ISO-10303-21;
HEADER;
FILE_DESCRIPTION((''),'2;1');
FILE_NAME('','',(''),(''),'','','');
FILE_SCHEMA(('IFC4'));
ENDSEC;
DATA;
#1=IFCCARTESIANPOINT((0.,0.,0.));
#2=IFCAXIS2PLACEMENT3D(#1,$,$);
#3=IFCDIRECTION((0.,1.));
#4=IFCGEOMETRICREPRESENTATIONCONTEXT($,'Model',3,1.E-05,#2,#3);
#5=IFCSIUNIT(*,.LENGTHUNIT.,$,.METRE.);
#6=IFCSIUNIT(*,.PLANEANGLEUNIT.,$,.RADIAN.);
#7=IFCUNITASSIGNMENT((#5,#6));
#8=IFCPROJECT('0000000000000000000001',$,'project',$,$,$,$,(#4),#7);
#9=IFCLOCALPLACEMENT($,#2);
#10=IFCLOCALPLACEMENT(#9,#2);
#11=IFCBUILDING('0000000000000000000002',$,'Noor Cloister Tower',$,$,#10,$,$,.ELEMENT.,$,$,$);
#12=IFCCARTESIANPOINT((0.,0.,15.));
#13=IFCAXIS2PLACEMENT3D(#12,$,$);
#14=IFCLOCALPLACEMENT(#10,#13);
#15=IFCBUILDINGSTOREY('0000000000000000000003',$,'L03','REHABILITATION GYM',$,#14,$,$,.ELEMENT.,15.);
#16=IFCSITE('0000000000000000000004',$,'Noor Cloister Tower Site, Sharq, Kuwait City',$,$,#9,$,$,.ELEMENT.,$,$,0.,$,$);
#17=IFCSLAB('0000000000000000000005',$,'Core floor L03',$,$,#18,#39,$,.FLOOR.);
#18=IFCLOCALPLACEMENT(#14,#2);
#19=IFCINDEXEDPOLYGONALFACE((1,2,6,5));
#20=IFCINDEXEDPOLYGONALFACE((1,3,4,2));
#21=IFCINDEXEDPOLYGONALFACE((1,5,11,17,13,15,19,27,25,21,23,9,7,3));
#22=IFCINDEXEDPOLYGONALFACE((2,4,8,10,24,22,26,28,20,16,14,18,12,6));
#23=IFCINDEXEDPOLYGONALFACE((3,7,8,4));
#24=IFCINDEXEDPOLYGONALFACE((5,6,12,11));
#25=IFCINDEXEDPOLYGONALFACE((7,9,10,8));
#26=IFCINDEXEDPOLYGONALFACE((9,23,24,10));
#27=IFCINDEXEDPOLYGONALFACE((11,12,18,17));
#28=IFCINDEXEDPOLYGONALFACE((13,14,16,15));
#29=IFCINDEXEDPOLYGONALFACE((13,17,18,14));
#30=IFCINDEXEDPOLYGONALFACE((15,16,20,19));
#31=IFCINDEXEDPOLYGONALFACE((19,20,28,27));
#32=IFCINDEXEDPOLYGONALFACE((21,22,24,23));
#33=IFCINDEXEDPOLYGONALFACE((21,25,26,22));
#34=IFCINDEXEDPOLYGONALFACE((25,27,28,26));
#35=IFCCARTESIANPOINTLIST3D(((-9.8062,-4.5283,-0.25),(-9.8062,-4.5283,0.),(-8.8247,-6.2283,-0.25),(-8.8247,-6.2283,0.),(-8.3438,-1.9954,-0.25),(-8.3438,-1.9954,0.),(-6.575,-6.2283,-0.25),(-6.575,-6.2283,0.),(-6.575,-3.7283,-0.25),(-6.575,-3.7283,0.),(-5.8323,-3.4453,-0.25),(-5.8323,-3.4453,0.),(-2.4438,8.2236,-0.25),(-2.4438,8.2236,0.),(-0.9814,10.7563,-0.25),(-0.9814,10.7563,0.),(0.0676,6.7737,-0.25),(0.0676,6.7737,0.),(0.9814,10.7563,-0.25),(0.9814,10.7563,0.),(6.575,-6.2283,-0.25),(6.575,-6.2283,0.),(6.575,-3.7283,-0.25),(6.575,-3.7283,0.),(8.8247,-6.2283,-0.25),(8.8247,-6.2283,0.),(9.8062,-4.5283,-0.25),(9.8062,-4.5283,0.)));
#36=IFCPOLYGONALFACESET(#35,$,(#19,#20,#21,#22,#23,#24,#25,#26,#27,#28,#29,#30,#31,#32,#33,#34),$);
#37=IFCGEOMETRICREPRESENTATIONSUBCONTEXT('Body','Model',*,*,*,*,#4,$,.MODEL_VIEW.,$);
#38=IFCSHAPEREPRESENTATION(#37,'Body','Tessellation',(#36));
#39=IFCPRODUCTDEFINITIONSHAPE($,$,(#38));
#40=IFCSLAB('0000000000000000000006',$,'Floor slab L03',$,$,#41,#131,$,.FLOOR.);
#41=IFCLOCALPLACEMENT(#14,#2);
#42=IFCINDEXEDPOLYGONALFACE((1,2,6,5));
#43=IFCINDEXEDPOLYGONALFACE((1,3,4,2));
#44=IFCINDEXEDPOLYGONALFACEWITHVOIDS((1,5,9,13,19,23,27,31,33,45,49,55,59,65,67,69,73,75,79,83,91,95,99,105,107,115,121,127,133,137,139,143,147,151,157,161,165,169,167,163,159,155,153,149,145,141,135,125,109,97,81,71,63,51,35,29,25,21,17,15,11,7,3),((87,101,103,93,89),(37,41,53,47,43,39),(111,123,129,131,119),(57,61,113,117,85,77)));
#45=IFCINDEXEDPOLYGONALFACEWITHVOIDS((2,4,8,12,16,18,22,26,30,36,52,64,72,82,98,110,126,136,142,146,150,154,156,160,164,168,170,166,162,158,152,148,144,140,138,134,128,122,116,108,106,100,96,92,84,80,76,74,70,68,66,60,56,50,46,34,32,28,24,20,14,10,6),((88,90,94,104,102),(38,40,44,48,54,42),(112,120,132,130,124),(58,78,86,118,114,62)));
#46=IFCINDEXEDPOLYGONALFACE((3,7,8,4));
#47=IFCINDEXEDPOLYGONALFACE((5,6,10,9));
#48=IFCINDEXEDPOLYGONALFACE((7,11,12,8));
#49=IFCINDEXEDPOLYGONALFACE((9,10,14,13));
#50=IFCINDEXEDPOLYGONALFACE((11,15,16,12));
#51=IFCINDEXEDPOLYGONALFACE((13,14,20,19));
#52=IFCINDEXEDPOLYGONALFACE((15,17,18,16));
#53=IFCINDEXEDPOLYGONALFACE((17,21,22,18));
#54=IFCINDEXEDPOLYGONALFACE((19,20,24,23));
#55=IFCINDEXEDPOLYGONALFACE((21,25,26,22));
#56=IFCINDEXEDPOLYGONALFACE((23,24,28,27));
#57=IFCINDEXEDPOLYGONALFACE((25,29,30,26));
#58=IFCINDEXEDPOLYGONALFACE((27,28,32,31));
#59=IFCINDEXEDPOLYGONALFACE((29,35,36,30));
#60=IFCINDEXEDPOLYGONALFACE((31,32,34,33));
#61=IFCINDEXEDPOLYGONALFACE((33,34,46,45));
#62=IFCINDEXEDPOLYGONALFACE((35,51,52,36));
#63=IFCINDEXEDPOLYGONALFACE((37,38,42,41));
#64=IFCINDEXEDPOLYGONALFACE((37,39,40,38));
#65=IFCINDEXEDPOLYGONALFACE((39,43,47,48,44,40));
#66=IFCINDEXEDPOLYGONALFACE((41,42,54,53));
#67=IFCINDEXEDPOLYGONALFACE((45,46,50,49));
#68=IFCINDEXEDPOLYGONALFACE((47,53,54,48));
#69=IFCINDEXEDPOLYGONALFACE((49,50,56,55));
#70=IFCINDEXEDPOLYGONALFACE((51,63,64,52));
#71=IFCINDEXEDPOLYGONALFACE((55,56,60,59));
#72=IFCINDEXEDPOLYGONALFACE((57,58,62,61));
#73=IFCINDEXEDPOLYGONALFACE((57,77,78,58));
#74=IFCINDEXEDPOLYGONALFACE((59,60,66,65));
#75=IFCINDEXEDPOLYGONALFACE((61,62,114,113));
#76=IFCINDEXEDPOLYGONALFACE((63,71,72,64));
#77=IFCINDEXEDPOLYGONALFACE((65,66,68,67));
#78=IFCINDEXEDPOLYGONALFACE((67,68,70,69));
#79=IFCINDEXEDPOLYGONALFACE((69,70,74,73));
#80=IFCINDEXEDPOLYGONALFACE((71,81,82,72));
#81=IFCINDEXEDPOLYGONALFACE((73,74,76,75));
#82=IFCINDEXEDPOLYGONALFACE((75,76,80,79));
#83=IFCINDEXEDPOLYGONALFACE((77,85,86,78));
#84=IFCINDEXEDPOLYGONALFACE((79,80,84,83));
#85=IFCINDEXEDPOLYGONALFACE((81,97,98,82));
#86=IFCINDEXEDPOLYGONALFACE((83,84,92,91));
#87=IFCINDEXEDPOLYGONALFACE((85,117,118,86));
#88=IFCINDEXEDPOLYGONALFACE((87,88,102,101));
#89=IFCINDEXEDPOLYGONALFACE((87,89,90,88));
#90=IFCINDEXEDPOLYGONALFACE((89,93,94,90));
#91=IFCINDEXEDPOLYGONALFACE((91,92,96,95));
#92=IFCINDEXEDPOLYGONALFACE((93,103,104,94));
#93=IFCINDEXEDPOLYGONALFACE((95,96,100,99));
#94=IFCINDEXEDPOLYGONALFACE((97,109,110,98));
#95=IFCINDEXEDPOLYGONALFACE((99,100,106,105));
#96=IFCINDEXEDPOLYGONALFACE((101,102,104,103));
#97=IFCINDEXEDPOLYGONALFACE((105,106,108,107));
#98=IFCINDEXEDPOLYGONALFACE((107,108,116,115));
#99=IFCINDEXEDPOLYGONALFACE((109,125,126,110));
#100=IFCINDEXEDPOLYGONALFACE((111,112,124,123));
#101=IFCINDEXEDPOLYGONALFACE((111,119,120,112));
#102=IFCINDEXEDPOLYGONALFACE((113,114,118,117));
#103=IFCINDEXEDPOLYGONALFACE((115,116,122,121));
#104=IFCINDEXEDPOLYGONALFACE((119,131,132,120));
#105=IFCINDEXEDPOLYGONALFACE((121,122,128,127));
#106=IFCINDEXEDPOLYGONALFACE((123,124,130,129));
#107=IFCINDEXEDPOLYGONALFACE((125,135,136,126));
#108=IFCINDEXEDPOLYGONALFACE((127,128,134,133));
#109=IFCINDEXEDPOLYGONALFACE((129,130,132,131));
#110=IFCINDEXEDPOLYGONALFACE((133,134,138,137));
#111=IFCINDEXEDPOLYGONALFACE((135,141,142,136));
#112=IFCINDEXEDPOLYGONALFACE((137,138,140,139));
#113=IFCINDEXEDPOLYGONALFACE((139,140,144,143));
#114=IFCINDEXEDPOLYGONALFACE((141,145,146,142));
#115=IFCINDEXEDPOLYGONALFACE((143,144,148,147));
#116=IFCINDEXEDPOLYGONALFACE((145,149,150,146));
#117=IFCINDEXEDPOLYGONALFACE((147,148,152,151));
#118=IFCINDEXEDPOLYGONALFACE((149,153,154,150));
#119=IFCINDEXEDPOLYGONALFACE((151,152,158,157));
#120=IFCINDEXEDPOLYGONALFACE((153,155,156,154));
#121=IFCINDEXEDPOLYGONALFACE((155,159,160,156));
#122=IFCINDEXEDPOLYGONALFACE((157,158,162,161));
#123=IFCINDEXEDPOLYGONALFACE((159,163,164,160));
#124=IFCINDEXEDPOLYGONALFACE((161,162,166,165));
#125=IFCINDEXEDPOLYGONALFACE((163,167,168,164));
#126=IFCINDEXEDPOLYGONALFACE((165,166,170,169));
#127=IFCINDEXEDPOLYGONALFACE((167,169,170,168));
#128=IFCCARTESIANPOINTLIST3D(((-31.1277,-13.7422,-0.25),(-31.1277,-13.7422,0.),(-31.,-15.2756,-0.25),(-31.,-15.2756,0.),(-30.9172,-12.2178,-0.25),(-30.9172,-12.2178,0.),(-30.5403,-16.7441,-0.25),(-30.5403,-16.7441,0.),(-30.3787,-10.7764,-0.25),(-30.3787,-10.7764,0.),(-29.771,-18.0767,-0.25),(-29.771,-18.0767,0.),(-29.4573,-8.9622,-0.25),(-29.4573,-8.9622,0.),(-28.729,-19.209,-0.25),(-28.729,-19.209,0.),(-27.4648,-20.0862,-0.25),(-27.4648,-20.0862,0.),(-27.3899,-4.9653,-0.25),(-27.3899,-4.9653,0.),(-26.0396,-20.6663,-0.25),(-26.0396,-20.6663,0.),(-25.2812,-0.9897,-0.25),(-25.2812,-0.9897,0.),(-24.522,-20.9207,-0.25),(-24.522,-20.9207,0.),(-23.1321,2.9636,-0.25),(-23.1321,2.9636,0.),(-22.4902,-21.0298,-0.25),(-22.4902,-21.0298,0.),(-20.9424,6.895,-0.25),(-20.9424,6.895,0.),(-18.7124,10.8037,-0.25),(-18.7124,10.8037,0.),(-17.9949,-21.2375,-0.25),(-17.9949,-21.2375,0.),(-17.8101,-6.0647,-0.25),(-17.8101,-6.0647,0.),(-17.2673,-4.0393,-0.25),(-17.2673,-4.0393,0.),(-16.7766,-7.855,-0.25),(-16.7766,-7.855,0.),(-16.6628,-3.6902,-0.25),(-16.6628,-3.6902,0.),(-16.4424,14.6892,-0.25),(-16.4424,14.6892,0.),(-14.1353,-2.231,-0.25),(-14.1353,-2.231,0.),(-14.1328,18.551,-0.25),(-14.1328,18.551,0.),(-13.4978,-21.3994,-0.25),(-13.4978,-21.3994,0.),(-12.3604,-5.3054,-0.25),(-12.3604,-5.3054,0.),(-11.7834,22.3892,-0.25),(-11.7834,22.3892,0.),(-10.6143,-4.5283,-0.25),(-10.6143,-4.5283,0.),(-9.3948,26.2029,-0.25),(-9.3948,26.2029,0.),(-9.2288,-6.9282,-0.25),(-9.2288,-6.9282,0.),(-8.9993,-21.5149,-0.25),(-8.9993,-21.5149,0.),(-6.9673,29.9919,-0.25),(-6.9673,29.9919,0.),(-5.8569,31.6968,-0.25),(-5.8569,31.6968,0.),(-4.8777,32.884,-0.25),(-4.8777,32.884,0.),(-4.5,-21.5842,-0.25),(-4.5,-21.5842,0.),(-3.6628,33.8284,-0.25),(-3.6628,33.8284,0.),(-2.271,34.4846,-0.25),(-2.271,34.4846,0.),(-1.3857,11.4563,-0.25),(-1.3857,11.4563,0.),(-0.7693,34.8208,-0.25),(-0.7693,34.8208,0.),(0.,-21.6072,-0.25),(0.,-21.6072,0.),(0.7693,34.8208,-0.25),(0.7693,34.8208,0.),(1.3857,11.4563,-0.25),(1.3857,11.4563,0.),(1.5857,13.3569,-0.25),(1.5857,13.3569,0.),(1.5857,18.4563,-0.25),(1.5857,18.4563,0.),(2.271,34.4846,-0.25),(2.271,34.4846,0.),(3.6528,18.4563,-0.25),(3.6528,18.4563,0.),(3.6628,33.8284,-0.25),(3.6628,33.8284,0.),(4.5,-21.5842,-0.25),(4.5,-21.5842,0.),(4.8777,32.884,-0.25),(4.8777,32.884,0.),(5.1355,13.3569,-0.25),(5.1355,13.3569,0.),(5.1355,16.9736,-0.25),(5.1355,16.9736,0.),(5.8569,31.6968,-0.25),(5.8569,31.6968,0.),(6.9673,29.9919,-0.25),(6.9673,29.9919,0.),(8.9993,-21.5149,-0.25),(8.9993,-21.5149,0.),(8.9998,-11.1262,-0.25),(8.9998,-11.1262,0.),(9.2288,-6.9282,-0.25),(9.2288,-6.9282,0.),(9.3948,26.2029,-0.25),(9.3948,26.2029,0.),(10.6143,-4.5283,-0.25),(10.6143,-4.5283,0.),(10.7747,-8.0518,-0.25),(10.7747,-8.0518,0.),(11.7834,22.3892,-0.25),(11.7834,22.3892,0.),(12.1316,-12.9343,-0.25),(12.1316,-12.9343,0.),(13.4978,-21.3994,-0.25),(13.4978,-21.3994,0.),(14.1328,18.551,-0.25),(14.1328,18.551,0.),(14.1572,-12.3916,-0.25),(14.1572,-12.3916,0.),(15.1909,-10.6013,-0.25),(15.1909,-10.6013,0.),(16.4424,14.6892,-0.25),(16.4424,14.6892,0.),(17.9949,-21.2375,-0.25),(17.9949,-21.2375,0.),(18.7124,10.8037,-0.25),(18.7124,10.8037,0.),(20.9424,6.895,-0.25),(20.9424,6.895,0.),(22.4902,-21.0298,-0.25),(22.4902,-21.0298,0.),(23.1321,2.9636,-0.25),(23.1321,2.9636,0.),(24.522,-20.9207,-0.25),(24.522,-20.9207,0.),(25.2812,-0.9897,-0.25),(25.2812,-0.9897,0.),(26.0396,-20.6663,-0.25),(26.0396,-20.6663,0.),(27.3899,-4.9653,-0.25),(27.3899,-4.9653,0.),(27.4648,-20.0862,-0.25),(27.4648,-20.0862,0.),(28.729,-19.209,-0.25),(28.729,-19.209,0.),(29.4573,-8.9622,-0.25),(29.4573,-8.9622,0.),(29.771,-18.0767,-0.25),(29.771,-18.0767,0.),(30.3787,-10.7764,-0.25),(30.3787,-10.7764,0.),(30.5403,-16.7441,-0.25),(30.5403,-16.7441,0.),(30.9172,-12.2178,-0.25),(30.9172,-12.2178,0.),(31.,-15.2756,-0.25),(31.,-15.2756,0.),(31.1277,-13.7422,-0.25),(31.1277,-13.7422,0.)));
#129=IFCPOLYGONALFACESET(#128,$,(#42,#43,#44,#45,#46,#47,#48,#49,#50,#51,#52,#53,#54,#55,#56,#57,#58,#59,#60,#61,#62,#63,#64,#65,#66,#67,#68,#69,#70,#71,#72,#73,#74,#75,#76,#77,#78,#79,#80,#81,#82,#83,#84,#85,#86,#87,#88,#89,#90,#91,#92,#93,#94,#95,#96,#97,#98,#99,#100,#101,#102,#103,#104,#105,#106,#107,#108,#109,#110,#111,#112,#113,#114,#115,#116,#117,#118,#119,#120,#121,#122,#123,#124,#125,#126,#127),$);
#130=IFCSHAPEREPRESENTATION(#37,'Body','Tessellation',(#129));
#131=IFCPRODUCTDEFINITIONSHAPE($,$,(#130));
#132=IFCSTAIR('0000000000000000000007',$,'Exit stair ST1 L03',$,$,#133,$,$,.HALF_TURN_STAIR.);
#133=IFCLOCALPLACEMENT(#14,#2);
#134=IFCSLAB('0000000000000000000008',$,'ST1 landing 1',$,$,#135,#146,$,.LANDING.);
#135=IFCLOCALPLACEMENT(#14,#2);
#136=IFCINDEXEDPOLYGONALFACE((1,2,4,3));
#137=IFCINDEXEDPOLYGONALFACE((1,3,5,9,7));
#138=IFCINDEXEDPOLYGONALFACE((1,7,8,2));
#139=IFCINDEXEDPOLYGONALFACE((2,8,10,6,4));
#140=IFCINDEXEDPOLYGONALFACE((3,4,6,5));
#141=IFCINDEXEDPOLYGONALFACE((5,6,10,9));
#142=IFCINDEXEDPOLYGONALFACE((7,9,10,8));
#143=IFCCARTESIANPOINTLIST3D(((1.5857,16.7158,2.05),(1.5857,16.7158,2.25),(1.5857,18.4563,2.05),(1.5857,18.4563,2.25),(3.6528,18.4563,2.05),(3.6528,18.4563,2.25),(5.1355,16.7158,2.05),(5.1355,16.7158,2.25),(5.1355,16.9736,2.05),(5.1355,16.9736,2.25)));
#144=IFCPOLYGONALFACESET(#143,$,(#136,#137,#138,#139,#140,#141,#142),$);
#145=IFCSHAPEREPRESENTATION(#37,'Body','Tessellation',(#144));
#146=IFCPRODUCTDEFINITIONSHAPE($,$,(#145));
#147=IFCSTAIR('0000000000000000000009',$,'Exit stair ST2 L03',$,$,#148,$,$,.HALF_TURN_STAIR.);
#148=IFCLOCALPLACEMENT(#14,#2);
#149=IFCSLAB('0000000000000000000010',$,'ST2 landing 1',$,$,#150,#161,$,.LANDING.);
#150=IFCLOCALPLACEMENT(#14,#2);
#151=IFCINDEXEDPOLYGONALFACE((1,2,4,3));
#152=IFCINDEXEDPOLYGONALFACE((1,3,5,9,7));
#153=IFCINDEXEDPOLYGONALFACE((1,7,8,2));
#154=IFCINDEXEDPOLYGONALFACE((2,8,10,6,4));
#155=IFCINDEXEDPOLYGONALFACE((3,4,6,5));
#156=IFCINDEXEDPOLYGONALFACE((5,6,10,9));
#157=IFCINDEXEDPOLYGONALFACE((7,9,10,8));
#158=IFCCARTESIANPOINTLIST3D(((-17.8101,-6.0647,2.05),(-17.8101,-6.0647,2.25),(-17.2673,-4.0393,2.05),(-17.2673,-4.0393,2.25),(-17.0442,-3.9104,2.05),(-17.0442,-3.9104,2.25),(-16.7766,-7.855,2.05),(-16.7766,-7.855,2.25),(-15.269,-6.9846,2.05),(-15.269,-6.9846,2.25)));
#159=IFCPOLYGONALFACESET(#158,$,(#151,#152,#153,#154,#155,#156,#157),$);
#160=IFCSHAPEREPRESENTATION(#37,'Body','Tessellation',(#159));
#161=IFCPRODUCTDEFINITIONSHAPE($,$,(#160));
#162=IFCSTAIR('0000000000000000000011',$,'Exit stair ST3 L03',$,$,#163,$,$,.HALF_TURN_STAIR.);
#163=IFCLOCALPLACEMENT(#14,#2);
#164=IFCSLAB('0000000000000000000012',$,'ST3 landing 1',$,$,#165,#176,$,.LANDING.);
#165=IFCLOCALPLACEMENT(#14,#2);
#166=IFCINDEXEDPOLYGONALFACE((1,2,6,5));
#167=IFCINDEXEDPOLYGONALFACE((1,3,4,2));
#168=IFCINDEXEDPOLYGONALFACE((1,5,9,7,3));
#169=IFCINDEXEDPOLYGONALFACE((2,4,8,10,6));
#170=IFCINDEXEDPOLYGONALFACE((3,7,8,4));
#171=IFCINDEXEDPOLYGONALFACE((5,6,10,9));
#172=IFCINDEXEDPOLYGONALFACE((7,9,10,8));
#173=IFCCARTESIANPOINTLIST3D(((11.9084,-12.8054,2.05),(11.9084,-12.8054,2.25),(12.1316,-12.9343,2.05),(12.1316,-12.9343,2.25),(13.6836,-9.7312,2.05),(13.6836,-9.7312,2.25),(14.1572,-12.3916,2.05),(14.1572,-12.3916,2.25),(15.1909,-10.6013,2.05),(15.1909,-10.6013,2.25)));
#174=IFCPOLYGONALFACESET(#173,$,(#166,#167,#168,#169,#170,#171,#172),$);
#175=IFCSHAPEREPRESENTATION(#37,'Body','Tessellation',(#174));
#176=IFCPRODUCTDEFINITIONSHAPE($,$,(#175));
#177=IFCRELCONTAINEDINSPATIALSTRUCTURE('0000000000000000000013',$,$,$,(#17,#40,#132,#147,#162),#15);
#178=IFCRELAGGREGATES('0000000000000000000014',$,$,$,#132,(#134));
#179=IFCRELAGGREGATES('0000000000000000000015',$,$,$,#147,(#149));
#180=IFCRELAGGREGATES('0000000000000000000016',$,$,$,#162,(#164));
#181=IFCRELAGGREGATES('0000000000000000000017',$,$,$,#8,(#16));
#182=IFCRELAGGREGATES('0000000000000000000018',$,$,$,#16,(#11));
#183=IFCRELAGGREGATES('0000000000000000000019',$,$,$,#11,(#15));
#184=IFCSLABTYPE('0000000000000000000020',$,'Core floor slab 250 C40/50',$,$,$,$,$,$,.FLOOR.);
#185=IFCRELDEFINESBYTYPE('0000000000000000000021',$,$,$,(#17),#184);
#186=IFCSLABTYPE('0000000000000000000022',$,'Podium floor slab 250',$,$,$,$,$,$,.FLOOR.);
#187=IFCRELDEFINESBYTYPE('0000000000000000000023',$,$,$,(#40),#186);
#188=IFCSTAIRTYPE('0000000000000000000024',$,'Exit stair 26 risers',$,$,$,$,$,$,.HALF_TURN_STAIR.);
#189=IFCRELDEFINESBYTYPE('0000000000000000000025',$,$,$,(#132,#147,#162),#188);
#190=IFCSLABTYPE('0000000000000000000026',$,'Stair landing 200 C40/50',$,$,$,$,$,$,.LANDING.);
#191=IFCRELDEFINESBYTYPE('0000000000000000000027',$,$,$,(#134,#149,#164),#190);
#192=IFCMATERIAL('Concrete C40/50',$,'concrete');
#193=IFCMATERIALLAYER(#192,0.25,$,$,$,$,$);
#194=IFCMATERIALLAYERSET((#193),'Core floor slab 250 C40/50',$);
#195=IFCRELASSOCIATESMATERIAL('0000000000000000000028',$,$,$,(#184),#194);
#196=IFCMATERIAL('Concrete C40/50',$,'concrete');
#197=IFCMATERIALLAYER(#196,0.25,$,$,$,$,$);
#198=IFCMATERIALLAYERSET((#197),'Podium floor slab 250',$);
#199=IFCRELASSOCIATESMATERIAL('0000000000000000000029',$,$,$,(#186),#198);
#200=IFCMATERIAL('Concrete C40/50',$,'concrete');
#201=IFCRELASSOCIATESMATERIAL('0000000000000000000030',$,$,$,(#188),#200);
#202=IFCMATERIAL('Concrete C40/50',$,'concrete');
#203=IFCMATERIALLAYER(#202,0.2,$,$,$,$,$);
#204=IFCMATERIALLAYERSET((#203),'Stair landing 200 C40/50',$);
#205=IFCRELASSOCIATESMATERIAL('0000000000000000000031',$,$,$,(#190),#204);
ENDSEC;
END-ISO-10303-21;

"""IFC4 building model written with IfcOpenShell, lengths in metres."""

from ifc_helpers import new_model, si_unit, direction, frame, origin, place, context, subcontext, project, spatial, polyline, outline, extrude, material, layer, layer_set, type_object, element, aggregate, save


model = new_model("IFC4")

# Units and contexts
model_context = context("Model", 3, precision=1e-05, world=origin(), true_north=direction((0.0, 1.0)))
body_context = subcontext(model_context, "Body", "Model", "MODEL_VIEW")
ifc_project = project(units=[si_unit("LENGTHUNIT", "METRE"), si_unit("PLANEANGLEUNIT", "RADIAN")], contexts=[model_context])

# Site, building, storey
site_placement = place(None, origin())
site = spatial("IfcSite", under=ifc_project, at=site_placement, Name="Noor Cloister Tower Site, Sharq, Kuwait City", CompositionType="ELEMENT", RefElevation=0.0)
building_placement = place(site_placement, origin())
building = spatial("IfcBuilding", under=site, at=building_placement, Name="Noor Cloister Tower", CompositionType="ELEMENT")
storey_placement = place(building_placement, frame((0.0, 0.0, 15.0)))
storey = spatial("IfcBuildingStorey", under=building, at=storey_placement, Name="L03", Description="REHABILITATION GYM", CompositionType="ELEMENT", Elevation=15.0)

# Slabs
ifc_material_1 = material(Name="Concrete C40/50", Category="concrete")
ifc_layer_1 = layer(ifc_material_1, 0.25)
ifc_layer_set_1 = layer_set([ifc_layer_1], Name="Core floor slab 250 C40/50")
slab_type_1 = type_object("IfcSlabType", Name="Core floor slab 250 C40/50", PredefinedType="FLOOR", material=ifc_layer_set_1)
slab_1_placement = place(storey_placement, frame((0.0, 0.0, -0.25)))
element("IfcSlab", 1, at=slab_1_placement, inside=storey, type_object=slab_type_1, Name="Core floor L03", PredefinedType="FLOOR", context=body_context, shape_type="SweptSolid", body=[
    extrude(outline(polyline([(-6.575, -6.2283), (-6.575, -3.7283), (6.575, -3.7283), (6.575, -6.2283), (8.8247, -6.2283), (9.8062, -4.5283), (0.9814, 10.7563), (-0.9814, 10.7563), (-2.4438, 8.2236), (0.0676, 6.7737), (-5.8323, -3.4453), (-8.3438, -1.9954), (-9.8062, -4.5283), (-8.8247, -6.2283), (-6.575, -6.2283)])), origin(), (0.0, 0.0, 1.0), 0.25),
])
ifc_material_2 = material(Name="Concrete C40/50", Category="concrete")
ifc_layer_2 = layer(ifc_material_2, 0.25)
ifc_layer_set_2 = layer_set([ifc_layer_2], Name="Podium floor slab 250")
slab_type_2 = type_object("IfcSlabType", Name="Podium floor slab 250", PredefinedType="FLOOR", material=ifc_layer_set_2)
slab_2_placement = place(storey_placement, frame((0.0, 0.0, -0.25)))
element("IfcSlab", 2, at=slab_2_placement, inside=storey, type_object=slab_type_2, Name="Floor slab L03", PredefinedType="FLOOR", context=body_context, shape_type="SweptSolid", body=[
    extrude(outline(polyline([(5.8569, 31.6968), (4.8777, 32.884), (3.6628, 33.8284), (2.271, 34.4846), (0.7693, 34.8208), (-0.7693, 34.8208), (-2.271, 34.4846), (-3.6628, 33.8284), (-4.8777, 32.884), (-5.8569, 31.6968), (-6.9673, 29.9919), (-9.3948, 26.2029), (-11.7834, 22.3892), (-14.1328, 18.551), (-16.4424, 14.6892), (-18.7124, 10.8037), (-20.9424, 6.895), (-23.1321, 2.9636), (-25.2812, -0.9897), (-27.3899, -4.9653), (-29.4573, -8.9622), (-30.3787, -10.7764), (-30.9172, -12.2178), (-31.1277, -13.7422), (-31.0, -15.2756), (-30.5403, -16.7441), (-29.771, -18.0767), (-28.729, -19.209), (-27.4648, -20.0862), (-26.0396, -20.6663), (-24.522, -20.9207), (-22.4902, -21.0298), (-17.9949, -21.2375), (-13.4978, -21.3994), (-8.9993, -21.5149), (-4.5, -21.5842), (0.0, -21.6072), (4.5, -21.5842), (8.9993, -21.5149), (13.4978, -21.3994), (17.9949, -21.2375), (22.4902, -21.0298), (24.522, -20.9207), (26.0396, -20.6663), (27.4648, -20.0862), (28.729, -19.209), (29.771, -18.0767), (30.5403, -16.7441), (31.0, -15.2756), (31.1277, -13.7422), (30.9172, -12.2178), (30.3787, -10.7764), (29.4573, -8.9622), (27.3899, -4.9653), (25.2812, -0.9897), (23.1321, 2.9636), (20.9424, 6.895), (18.7124, 10.8037), (16.4424, 14.6892), (14.1328, 18.551), (11.7834, 22.3892), (9.3948, 26.2029), (6.9673, 29.9919), (5.8569, 31.6968)]), holes=[polyline([(-9.2288, -6.9282), (9.2288, -6.9282), (10.6143, -4.5283), (1.3857, 11.4563), (-1.3857, 11.4563), (-10.6143, -4.5283), (-9.2288, -6.9282)]), polyline([(1.5857, 18.4563), (1.5857, 13.3569), (5.1355, 13.3569), (5.1355, 16.9736), (3.6528, 18.4563), (1.5857, 18.4563)]), polyline([(-16.7766, -7.855), (-12.3604, -5.3054), (-14.1353, -2.231), (-16.6628, -3.6902), (-17.2673, -4.0393), (-17.8101, -6.0647), (-16.7766, -7.855)]), polyline([(12.1316, -12.9343), (14.1572, -12.3916), (15.1909, -10.6013), (10.7747, -8.0518), (8.9998, -11.1262), (12.1316, -12.9343)])]), origin(), (0.0, 0.0, 1.0), 0.25),
])

# Stairs, slabs
ifc_material_3 = material(Name="Concrete C40/50", Category="concrete")
stair_type = type_object("IfcStairType", Name="Exit stair 26 risers", PredefinedType="HALF_TURN_STAIR", material=ifc_material_3)
stair_1_placement = place(storey_placement, origin())
stair_1 = element("IfcStair", 3, at=stair_1_placement, inside=storey, type_object=stair_type, Name="Exit stair ST1 L03", PredefinedType="HALF_TURN_STAIR")
ifc_material_4 = material(Name="Concrete C40/50", Category="concrete")
ifc_layer_3 = layer(ifc_material_4, 0.2)
ifc_layer_set_3 = layer_set([ifc_layer_3], Name="Stair landing 200 C40/50")
slab_type_3 = type_object("IfcSlabType", Name="Stair landing 200 C40/50", PredefinedType="LANDING", material=ifc_layer_set_3)
slab_3_placement = place(storey_placement, frame((0.0, 0.0, 2.05)))
slab_3 = element("IfcSlab", 4, at=slab_3_placement, type_object=slab_type_3, Name="ST1 landing 1", PredefinedType="LANDING", context=body_context, shape_type="SweptSolid", body=[
    extrude(outline(polyline([(5.1355, 16.7158), (5.1355, 16.9736), (3.6528, 18.4563), (1.5857, 18.4563), (1.5857, 16.7158), (5.1355, 16.7158)])), origin(), (0.0, 0.0, 1.0), 0.2),
])
aggregate(stair_1, [slab_3])
stair_2_placement = place(storey_placement, origin())
stair_2 = element("IfcStair", 5, at=stair_2_placement, inside=storey, type_object=stair_type, Name="Exit stair ST2 L03", PredefinedType="HALF_TURN_STAIR")
slab_4_placement = place(storey_placement, frame((0.0, 0.0, 2.05)))
slab_4 = element("IfcSlab", 6, at=slab_4_placement, type_object=slab_type_3, Name="ST2 landing 1", PredefinedType="LANDING", context=body_context, shape_type="SweptSolid", body=[
    extrude(outline(polyline([(-17.0442, -3.9104), (-17.2673, -4.0393), (-17.8101, -6.0647), (-16.7766, -7.855), (-15.269, -6.9846), (-17.0442, -3.9104)])), origin(), (0.0, 0.0, 1.0), 0.2),
])
aggregate(stair_2, [slab_4])
stair_3_placement = place(storey_placement, origin())
stair_3 = element("IfcStair", 7, at=stair_3_placement, inside=storey, type_object=stair_type, Name="Exit stair ST3 L03", PredefinedType="HALF_TURN_STAIR")
slab_5_placement = place(storey_placement, frame((0.0, 0.0, 2.05)))
slab_5 = element("IfcSlab", 8, at=slab_5_placement, type_object=slab_type_3, Name="ST3 landing 1", PredefinedType="LANDING", context=body_context, shape_type="SweptSolid", body=[
    extrude(outline(polyline([(11.9084, -12.8054), (12.1316, -12.9343), (14.1572, -12.3916), (15.1909, -10.6013), (13.6836, -9.7312), (11.9084, -12.8054)])), origin(), (0.0, 0.0, 1.0), 0.2),
])
aggregate(stair_3, [slab_5])

save(model, "model.ifc")
